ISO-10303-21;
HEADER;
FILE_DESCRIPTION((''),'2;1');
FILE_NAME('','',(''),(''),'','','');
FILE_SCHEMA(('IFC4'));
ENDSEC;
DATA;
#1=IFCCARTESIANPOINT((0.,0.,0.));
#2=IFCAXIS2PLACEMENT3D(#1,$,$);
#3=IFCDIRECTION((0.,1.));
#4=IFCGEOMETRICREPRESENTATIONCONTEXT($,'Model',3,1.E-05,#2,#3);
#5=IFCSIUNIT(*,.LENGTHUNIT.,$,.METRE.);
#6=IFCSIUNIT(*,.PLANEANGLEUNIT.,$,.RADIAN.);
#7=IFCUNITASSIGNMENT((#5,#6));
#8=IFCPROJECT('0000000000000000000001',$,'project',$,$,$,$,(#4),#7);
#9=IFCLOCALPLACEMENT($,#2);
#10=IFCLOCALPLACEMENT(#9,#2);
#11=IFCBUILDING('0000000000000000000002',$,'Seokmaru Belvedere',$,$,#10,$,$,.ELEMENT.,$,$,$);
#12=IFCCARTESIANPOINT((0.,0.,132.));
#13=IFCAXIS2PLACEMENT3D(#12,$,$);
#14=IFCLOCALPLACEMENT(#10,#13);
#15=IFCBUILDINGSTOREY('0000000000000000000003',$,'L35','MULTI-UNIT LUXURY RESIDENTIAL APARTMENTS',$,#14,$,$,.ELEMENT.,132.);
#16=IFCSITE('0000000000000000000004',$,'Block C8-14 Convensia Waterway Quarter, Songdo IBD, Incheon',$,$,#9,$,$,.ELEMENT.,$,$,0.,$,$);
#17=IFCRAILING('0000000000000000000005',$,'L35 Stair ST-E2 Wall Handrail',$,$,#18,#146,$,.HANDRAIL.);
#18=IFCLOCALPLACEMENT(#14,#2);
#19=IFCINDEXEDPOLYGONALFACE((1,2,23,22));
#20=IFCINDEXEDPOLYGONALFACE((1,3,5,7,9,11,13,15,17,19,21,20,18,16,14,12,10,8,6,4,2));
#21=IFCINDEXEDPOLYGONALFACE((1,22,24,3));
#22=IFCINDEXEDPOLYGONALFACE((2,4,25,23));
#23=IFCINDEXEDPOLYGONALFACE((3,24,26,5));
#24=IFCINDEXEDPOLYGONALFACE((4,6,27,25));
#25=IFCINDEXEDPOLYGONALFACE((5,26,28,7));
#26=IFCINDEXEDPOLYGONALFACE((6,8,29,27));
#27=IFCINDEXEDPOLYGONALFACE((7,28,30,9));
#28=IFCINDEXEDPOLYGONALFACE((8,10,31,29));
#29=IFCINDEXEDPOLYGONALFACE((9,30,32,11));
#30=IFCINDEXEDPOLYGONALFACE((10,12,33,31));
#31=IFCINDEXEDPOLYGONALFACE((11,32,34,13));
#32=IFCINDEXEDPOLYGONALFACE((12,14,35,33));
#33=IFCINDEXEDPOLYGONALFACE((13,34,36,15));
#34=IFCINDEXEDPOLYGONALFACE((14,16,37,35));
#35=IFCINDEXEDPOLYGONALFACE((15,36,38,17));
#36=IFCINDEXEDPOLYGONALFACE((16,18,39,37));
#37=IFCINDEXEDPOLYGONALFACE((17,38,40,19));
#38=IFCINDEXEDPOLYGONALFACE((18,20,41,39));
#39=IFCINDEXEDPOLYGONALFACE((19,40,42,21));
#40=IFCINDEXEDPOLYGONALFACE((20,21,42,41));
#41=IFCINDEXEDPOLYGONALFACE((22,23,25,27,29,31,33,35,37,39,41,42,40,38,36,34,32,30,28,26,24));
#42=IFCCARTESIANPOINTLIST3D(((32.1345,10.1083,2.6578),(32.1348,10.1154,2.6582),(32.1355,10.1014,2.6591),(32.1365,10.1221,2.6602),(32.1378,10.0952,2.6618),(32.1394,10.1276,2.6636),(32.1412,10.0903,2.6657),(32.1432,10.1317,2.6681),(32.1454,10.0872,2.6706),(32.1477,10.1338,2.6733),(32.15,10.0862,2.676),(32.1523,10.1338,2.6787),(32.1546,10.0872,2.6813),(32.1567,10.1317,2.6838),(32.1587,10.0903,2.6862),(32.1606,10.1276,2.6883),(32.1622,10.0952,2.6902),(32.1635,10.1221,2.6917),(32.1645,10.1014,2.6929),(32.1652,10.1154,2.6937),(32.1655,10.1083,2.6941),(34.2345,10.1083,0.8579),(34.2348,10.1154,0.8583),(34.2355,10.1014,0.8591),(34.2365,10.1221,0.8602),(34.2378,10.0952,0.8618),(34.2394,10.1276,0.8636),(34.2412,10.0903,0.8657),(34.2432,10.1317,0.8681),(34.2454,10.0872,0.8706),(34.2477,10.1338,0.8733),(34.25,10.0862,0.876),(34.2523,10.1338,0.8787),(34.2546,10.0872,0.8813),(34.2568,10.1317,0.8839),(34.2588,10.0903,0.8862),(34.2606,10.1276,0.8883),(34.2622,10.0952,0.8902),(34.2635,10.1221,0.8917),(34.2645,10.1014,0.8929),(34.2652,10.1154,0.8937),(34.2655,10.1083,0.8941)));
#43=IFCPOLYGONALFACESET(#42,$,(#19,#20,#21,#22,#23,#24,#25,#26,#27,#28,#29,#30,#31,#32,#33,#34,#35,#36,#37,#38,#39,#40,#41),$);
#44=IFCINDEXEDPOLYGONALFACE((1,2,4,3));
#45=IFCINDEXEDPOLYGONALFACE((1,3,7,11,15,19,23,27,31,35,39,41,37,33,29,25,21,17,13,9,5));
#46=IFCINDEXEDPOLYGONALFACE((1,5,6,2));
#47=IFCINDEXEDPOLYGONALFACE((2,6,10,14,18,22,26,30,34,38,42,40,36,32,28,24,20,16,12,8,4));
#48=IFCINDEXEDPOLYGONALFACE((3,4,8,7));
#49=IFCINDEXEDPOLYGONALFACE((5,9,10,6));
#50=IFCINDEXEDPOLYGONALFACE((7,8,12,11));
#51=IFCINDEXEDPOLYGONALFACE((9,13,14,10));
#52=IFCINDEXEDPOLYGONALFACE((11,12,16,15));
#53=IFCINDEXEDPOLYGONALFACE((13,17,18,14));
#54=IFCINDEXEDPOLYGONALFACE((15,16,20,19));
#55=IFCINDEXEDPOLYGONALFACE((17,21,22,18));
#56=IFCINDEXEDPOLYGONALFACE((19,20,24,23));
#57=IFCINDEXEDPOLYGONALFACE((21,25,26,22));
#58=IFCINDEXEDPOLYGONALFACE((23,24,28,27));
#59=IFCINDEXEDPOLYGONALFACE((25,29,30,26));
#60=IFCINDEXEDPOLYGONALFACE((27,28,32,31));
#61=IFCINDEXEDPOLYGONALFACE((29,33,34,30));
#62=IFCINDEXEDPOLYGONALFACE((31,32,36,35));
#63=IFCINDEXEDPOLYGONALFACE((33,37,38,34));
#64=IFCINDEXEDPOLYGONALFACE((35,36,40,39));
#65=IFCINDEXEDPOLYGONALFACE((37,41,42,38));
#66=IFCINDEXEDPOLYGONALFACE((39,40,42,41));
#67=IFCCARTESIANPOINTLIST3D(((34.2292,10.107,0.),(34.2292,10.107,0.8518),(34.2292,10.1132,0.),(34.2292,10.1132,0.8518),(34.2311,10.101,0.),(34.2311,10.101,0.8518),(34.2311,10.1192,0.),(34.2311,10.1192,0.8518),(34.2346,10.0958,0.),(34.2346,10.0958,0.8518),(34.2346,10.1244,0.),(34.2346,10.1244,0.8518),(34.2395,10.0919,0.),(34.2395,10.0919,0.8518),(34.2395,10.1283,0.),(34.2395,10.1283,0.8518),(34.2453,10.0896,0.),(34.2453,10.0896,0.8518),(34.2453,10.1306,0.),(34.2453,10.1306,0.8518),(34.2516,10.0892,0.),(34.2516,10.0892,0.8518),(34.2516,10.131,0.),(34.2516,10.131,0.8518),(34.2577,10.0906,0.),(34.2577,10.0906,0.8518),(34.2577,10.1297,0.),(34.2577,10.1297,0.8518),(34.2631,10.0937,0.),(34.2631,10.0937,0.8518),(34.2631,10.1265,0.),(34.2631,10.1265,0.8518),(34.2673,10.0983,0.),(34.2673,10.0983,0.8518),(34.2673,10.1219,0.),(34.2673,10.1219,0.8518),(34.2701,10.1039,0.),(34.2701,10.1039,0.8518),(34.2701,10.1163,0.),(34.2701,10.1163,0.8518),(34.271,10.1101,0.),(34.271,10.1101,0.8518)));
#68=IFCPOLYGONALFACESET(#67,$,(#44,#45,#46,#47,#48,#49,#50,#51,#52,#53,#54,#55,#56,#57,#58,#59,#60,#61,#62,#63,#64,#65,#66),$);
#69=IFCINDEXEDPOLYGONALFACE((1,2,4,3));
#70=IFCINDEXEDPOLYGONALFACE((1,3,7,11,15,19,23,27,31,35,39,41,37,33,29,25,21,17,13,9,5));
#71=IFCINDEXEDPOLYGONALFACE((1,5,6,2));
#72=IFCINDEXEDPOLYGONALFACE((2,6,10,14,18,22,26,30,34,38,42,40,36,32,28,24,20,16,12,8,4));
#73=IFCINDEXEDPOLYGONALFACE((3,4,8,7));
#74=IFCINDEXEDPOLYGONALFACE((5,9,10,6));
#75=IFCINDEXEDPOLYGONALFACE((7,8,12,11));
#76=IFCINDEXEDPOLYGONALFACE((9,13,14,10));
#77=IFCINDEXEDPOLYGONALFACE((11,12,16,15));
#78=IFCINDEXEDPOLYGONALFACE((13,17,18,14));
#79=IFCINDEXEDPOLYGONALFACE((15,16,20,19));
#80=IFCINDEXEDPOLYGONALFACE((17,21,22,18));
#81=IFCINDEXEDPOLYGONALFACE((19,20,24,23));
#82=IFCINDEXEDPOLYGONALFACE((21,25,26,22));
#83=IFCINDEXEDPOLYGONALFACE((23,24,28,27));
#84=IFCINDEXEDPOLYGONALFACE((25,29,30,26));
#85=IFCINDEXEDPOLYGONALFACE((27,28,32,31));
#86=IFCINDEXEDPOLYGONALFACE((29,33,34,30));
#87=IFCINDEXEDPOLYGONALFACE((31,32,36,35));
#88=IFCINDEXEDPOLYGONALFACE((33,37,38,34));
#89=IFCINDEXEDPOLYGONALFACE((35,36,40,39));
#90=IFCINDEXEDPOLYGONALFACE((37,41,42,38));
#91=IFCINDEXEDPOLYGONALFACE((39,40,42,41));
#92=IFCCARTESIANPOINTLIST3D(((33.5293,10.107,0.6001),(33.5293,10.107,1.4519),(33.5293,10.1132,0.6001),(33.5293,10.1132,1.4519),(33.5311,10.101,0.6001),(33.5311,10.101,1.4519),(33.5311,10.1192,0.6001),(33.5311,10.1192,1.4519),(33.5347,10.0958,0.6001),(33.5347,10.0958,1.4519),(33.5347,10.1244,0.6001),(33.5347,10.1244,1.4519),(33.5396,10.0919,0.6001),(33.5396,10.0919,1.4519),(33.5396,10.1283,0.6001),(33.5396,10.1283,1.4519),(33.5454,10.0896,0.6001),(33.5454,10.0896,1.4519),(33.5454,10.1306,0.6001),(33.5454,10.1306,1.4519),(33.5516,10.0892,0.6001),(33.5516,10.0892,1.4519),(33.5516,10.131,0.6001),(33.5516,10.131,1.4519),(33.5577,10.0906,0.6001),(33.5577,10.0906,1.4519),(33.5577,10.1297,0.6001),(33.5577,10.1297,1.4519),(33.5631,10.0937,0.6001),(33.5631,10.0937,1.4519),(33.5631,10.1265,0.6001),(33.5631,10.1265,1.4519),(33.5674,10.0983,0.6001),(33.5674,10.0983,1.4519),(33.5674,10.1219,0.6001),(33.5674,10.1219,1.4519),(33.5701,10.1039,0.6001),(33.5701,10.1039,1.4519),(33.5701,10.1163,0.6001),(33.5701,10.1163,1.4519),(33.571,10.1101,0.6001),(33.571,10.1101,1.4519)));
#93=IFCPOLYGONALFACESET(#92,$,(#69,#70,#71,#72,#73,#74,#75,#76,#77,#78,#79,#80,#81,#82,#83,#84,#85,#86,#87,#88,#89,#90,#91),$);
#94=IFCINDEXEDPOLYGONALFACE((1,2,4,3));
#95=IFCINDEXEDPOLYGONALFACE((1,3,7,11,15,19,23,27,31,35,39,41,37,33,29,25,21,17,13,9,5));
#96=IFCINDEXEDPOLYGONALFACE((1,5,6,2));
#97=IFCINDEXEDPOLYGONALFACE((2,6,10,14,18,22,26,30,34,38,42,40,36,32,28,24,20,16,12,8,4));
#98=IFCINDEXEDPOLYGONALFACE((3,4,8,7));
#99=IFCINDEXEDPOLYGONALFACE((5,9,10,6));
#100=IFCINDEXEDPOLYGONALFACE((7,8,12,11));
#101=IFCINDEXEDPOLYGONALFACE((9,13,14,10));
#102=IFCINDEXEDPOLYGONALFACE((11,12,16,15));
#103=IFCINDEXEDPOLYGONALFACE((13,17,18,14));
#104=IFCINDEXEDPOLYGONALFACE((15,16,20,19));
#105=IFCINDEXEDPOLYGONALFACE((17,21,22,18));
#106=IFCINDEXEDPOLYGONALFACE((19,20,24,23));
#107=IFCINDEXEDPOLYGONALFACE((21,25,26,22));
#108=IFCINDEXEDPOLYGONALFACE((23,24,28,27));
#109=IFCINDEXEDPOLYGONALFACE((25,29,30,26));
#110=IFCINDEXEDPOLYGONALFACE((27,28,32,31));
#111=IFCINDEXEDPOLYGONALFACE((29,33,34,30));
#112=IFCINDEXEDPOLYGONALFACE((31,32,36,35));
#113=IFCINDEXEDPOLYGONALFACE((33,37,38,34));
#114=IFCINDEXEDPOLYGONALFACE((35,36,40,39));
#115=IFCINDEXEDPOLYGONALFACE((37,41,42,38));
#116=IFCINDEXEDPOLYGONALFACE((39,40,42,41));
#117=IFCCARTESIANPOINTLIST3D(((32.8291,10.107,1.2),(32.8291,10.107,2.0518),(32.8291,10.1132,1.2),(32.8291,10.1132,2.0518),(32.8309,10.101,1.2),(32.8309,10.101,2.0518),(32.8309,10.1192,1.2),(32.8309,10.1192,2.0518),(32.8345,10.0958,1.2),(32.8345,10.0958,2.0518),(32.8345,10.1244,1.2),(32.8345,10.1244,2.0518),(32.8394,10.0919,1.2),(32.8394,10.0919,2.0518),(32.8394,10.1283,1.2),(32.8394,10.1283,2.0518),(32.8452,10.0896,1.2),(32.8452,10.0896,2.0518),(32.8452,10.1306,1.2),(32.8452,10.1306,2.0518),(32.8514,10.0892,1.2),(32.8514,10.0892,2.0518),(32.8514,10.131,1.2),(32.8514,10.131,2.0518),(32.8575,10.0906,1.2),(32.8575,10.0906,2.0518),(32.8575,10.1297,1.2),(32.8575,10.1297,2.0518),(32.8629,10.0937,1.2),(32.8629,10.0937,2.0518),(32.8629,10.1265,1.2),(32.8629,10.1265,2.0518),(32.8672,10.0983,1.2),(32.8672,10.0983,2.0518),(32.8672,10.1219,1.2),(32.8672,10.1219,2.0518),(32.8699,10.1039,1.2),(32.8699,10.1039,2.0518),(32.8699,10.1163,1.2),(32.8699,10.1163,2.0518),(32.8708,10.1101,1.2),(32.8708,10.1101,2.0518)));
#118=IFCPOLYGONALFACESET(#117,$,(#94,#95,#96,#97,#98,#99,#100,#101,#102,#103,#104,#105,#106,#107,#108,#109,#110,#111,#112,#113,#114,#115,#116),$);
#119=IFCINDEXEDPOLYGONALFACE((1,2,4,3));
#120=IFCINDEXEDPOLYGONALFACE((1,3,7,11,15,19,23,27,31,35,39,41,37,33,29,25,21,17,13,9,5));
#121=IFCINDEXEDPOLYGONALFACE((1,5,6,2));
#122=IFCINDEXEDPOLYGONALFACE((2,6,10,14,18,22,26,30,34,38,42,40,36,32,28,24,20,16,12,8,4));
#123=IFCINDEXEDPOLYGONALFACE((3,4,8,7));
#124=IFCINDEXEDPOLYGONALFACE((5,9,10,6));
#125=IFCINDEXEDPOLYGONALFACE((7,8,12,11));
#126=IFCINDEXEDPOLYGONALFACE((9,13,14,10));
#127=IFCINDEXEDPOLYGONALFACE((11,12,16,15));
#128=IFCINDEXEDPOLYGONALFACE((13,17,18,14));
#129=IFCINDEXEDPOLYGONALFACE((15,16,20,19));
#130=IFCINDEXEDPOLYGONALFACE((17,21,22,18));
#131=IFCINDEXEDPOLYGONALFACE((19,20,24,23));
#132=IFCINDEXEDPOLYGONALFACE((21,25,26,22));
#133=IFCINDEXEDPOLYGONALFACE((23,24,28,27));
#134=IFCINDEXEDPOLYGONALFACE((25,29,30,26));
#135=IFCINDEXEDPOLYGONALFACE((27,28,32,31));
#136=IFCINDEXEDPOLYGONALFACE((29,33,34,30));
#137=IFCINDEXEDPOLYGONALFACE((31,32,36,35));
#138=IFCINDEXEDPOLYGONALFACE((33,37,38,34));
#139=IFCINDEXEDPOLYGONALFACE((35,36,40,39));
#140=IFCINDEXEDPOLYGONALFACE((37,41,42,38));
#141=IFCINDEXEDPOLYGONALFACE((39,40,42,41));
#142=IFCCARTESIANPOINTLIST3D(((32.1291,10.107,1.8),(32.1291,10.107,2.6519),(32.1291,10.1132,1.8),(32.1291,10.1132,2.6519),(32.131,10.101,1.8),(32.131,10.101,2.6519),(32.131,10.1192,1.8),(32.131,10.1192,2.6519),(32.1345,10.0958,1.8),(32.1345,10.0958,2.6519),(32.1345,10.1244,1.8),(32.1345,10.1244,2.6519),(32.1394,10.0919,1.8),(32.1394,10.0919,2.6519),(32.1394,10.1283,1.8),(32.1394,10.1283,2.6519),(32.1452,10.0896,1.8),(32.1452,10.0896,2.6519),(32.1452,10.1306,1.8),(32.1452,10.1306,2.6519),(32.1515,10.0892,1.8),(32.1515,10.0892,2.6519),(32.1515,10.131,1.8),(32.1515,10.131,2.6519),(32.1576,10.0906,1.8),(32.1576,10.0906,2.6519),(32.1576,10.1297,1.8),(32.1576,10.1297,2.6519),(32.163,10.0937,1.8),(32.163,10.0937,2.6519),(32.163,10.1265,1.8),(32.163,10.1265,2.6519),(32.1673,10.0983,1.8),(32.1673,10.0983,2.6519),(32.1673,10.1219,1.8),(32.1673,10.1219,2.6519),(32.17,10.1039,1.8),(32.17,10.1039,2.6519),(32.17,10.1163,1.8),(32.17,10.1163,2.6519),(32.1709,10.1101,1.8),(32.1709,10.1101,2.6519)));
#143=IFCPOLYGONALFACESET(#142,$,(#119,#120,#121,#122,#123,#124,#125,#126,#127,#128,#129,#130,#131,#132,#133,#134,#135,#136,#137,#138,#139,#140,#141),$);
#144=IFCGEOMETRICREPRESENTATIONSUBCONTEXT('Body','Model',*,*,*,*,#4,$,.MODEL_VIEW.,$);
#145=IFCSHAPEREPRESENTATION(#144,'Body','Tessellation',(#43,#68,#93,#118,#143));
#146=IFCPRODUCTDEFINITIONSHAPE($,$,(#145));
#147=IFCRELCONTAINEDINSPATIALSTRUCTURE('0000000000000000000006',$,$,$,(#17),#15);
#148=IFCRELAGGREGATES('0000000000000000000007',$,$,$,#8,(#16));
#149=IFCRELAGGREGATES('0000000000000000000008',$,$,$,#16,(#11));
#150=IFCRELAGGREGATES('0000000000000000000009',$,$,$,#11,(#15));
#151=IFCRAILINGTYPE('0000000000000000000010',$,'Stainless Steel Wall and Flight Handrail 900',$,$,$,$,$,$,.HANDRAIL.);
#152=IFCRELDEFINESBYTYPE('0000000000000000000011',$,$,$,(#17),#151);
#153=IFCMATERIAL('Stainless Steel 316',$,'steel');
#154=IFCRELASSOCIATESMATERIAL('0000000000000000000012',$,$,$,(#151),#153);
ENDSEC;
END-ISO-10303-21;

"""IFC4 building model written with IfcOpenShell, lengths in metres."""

from ifc_helpers import new_model, si_unit, direction, frame, origin, origin_2d, place, context, subcontext, project, spatial, circle, extrude, material, type_object, element, save


model = new_model("IFC4")

# Units and contexts
model_context = context("Model", 3, precision=1e-05, world=origin(), true_north=direction((0.0, 1.0)))
body_context = subcontext(model_context, "Body", "Model", "MODEL_VIEW")
ifc_project = project(units=[si_unit("LENGTHUNIT", "METRE"), si_unit("PLANEANGLEUNIT", "RADIAN")], contexts=[model_context])

# Site, building, storey
site_placement = place(None, origin())
site = spatial("IfcSite", under=ifc_project, at=site_placement, Name="Block C8-14 Convensia Waterway Quarter, Songdo IBD, Incheon", CompositionType="ELEMENT", RefElevation=0.0)
building_placement = place(site_placement, origin())
building = spatial("IfcBuilding", under=site, at=building_placement, Name="Seokmaru Belvedere", CompositionType="ELEMENT")
storey_placement = place(building_placement, frame((0.0, 0.0, 132.0)))
storey = spatial("IfcBuildingStorey", under=building, at=storey_placement, Name="L35", Description="MULTI-UNIT LUXURY RESIDENTIAL APARTMENTS", CompositionType="ELEMENT", Elevation=132.0)

# Railing
ifc_material_1 = material(Name="Stainless Steel 316", Category="steel")
railing_type_1 = type_object("IfcRailingType", Name="Stainless Steel Wall and Flight Handrail 900", PredefinedType="HANDRAIL", material=ifc_material_1)
railing_1_placement = place(storey_placement, frame((34.25, 10.1101, 0.0)))
element("IfcRailing", 1, at=railing_1_placement, inside=storey, type_object=railing_type_1, Name="L35 Stair ST-E2 Wall Handrail", PredefinedType="HANDRAIL", context=body_context, shape_type="SweptSolid", body=[
    extrude(circle(Radius=0.0239, at=origin_2d()), frame((0.0, 0.0, 0.876), z_axis=(-0.759263, 0.0, 0.650784), x_axis=(0.0, -1.0, 0.0)), (0.0, 0.0, 1.0), 2.7659),
    extrude(circle(Radius=0.021, at=origin_2d()), origin(), (0.0, 0.0, 1.0), 0.8518),
    extrude(circle(Radius=0.021, at=origin_2d()), frame((-0.7, 0.0, 0.6001)), (0.0, 0.0, 1.0), 0.8518),
    extrude(circle(Radius=0.021, at=origin_2d()), frame((-1.4001, 0.0, 1.2)), (0.0, 0.0, 1.0), 0.8518),
    extrude(circle(Radius=0.021, at=origin_2d()), frame((-2.1001, 0.0, 1.8)), (0.0, 0.0, 1.0), 0.8518),
])

save(model, "model.ifc")
